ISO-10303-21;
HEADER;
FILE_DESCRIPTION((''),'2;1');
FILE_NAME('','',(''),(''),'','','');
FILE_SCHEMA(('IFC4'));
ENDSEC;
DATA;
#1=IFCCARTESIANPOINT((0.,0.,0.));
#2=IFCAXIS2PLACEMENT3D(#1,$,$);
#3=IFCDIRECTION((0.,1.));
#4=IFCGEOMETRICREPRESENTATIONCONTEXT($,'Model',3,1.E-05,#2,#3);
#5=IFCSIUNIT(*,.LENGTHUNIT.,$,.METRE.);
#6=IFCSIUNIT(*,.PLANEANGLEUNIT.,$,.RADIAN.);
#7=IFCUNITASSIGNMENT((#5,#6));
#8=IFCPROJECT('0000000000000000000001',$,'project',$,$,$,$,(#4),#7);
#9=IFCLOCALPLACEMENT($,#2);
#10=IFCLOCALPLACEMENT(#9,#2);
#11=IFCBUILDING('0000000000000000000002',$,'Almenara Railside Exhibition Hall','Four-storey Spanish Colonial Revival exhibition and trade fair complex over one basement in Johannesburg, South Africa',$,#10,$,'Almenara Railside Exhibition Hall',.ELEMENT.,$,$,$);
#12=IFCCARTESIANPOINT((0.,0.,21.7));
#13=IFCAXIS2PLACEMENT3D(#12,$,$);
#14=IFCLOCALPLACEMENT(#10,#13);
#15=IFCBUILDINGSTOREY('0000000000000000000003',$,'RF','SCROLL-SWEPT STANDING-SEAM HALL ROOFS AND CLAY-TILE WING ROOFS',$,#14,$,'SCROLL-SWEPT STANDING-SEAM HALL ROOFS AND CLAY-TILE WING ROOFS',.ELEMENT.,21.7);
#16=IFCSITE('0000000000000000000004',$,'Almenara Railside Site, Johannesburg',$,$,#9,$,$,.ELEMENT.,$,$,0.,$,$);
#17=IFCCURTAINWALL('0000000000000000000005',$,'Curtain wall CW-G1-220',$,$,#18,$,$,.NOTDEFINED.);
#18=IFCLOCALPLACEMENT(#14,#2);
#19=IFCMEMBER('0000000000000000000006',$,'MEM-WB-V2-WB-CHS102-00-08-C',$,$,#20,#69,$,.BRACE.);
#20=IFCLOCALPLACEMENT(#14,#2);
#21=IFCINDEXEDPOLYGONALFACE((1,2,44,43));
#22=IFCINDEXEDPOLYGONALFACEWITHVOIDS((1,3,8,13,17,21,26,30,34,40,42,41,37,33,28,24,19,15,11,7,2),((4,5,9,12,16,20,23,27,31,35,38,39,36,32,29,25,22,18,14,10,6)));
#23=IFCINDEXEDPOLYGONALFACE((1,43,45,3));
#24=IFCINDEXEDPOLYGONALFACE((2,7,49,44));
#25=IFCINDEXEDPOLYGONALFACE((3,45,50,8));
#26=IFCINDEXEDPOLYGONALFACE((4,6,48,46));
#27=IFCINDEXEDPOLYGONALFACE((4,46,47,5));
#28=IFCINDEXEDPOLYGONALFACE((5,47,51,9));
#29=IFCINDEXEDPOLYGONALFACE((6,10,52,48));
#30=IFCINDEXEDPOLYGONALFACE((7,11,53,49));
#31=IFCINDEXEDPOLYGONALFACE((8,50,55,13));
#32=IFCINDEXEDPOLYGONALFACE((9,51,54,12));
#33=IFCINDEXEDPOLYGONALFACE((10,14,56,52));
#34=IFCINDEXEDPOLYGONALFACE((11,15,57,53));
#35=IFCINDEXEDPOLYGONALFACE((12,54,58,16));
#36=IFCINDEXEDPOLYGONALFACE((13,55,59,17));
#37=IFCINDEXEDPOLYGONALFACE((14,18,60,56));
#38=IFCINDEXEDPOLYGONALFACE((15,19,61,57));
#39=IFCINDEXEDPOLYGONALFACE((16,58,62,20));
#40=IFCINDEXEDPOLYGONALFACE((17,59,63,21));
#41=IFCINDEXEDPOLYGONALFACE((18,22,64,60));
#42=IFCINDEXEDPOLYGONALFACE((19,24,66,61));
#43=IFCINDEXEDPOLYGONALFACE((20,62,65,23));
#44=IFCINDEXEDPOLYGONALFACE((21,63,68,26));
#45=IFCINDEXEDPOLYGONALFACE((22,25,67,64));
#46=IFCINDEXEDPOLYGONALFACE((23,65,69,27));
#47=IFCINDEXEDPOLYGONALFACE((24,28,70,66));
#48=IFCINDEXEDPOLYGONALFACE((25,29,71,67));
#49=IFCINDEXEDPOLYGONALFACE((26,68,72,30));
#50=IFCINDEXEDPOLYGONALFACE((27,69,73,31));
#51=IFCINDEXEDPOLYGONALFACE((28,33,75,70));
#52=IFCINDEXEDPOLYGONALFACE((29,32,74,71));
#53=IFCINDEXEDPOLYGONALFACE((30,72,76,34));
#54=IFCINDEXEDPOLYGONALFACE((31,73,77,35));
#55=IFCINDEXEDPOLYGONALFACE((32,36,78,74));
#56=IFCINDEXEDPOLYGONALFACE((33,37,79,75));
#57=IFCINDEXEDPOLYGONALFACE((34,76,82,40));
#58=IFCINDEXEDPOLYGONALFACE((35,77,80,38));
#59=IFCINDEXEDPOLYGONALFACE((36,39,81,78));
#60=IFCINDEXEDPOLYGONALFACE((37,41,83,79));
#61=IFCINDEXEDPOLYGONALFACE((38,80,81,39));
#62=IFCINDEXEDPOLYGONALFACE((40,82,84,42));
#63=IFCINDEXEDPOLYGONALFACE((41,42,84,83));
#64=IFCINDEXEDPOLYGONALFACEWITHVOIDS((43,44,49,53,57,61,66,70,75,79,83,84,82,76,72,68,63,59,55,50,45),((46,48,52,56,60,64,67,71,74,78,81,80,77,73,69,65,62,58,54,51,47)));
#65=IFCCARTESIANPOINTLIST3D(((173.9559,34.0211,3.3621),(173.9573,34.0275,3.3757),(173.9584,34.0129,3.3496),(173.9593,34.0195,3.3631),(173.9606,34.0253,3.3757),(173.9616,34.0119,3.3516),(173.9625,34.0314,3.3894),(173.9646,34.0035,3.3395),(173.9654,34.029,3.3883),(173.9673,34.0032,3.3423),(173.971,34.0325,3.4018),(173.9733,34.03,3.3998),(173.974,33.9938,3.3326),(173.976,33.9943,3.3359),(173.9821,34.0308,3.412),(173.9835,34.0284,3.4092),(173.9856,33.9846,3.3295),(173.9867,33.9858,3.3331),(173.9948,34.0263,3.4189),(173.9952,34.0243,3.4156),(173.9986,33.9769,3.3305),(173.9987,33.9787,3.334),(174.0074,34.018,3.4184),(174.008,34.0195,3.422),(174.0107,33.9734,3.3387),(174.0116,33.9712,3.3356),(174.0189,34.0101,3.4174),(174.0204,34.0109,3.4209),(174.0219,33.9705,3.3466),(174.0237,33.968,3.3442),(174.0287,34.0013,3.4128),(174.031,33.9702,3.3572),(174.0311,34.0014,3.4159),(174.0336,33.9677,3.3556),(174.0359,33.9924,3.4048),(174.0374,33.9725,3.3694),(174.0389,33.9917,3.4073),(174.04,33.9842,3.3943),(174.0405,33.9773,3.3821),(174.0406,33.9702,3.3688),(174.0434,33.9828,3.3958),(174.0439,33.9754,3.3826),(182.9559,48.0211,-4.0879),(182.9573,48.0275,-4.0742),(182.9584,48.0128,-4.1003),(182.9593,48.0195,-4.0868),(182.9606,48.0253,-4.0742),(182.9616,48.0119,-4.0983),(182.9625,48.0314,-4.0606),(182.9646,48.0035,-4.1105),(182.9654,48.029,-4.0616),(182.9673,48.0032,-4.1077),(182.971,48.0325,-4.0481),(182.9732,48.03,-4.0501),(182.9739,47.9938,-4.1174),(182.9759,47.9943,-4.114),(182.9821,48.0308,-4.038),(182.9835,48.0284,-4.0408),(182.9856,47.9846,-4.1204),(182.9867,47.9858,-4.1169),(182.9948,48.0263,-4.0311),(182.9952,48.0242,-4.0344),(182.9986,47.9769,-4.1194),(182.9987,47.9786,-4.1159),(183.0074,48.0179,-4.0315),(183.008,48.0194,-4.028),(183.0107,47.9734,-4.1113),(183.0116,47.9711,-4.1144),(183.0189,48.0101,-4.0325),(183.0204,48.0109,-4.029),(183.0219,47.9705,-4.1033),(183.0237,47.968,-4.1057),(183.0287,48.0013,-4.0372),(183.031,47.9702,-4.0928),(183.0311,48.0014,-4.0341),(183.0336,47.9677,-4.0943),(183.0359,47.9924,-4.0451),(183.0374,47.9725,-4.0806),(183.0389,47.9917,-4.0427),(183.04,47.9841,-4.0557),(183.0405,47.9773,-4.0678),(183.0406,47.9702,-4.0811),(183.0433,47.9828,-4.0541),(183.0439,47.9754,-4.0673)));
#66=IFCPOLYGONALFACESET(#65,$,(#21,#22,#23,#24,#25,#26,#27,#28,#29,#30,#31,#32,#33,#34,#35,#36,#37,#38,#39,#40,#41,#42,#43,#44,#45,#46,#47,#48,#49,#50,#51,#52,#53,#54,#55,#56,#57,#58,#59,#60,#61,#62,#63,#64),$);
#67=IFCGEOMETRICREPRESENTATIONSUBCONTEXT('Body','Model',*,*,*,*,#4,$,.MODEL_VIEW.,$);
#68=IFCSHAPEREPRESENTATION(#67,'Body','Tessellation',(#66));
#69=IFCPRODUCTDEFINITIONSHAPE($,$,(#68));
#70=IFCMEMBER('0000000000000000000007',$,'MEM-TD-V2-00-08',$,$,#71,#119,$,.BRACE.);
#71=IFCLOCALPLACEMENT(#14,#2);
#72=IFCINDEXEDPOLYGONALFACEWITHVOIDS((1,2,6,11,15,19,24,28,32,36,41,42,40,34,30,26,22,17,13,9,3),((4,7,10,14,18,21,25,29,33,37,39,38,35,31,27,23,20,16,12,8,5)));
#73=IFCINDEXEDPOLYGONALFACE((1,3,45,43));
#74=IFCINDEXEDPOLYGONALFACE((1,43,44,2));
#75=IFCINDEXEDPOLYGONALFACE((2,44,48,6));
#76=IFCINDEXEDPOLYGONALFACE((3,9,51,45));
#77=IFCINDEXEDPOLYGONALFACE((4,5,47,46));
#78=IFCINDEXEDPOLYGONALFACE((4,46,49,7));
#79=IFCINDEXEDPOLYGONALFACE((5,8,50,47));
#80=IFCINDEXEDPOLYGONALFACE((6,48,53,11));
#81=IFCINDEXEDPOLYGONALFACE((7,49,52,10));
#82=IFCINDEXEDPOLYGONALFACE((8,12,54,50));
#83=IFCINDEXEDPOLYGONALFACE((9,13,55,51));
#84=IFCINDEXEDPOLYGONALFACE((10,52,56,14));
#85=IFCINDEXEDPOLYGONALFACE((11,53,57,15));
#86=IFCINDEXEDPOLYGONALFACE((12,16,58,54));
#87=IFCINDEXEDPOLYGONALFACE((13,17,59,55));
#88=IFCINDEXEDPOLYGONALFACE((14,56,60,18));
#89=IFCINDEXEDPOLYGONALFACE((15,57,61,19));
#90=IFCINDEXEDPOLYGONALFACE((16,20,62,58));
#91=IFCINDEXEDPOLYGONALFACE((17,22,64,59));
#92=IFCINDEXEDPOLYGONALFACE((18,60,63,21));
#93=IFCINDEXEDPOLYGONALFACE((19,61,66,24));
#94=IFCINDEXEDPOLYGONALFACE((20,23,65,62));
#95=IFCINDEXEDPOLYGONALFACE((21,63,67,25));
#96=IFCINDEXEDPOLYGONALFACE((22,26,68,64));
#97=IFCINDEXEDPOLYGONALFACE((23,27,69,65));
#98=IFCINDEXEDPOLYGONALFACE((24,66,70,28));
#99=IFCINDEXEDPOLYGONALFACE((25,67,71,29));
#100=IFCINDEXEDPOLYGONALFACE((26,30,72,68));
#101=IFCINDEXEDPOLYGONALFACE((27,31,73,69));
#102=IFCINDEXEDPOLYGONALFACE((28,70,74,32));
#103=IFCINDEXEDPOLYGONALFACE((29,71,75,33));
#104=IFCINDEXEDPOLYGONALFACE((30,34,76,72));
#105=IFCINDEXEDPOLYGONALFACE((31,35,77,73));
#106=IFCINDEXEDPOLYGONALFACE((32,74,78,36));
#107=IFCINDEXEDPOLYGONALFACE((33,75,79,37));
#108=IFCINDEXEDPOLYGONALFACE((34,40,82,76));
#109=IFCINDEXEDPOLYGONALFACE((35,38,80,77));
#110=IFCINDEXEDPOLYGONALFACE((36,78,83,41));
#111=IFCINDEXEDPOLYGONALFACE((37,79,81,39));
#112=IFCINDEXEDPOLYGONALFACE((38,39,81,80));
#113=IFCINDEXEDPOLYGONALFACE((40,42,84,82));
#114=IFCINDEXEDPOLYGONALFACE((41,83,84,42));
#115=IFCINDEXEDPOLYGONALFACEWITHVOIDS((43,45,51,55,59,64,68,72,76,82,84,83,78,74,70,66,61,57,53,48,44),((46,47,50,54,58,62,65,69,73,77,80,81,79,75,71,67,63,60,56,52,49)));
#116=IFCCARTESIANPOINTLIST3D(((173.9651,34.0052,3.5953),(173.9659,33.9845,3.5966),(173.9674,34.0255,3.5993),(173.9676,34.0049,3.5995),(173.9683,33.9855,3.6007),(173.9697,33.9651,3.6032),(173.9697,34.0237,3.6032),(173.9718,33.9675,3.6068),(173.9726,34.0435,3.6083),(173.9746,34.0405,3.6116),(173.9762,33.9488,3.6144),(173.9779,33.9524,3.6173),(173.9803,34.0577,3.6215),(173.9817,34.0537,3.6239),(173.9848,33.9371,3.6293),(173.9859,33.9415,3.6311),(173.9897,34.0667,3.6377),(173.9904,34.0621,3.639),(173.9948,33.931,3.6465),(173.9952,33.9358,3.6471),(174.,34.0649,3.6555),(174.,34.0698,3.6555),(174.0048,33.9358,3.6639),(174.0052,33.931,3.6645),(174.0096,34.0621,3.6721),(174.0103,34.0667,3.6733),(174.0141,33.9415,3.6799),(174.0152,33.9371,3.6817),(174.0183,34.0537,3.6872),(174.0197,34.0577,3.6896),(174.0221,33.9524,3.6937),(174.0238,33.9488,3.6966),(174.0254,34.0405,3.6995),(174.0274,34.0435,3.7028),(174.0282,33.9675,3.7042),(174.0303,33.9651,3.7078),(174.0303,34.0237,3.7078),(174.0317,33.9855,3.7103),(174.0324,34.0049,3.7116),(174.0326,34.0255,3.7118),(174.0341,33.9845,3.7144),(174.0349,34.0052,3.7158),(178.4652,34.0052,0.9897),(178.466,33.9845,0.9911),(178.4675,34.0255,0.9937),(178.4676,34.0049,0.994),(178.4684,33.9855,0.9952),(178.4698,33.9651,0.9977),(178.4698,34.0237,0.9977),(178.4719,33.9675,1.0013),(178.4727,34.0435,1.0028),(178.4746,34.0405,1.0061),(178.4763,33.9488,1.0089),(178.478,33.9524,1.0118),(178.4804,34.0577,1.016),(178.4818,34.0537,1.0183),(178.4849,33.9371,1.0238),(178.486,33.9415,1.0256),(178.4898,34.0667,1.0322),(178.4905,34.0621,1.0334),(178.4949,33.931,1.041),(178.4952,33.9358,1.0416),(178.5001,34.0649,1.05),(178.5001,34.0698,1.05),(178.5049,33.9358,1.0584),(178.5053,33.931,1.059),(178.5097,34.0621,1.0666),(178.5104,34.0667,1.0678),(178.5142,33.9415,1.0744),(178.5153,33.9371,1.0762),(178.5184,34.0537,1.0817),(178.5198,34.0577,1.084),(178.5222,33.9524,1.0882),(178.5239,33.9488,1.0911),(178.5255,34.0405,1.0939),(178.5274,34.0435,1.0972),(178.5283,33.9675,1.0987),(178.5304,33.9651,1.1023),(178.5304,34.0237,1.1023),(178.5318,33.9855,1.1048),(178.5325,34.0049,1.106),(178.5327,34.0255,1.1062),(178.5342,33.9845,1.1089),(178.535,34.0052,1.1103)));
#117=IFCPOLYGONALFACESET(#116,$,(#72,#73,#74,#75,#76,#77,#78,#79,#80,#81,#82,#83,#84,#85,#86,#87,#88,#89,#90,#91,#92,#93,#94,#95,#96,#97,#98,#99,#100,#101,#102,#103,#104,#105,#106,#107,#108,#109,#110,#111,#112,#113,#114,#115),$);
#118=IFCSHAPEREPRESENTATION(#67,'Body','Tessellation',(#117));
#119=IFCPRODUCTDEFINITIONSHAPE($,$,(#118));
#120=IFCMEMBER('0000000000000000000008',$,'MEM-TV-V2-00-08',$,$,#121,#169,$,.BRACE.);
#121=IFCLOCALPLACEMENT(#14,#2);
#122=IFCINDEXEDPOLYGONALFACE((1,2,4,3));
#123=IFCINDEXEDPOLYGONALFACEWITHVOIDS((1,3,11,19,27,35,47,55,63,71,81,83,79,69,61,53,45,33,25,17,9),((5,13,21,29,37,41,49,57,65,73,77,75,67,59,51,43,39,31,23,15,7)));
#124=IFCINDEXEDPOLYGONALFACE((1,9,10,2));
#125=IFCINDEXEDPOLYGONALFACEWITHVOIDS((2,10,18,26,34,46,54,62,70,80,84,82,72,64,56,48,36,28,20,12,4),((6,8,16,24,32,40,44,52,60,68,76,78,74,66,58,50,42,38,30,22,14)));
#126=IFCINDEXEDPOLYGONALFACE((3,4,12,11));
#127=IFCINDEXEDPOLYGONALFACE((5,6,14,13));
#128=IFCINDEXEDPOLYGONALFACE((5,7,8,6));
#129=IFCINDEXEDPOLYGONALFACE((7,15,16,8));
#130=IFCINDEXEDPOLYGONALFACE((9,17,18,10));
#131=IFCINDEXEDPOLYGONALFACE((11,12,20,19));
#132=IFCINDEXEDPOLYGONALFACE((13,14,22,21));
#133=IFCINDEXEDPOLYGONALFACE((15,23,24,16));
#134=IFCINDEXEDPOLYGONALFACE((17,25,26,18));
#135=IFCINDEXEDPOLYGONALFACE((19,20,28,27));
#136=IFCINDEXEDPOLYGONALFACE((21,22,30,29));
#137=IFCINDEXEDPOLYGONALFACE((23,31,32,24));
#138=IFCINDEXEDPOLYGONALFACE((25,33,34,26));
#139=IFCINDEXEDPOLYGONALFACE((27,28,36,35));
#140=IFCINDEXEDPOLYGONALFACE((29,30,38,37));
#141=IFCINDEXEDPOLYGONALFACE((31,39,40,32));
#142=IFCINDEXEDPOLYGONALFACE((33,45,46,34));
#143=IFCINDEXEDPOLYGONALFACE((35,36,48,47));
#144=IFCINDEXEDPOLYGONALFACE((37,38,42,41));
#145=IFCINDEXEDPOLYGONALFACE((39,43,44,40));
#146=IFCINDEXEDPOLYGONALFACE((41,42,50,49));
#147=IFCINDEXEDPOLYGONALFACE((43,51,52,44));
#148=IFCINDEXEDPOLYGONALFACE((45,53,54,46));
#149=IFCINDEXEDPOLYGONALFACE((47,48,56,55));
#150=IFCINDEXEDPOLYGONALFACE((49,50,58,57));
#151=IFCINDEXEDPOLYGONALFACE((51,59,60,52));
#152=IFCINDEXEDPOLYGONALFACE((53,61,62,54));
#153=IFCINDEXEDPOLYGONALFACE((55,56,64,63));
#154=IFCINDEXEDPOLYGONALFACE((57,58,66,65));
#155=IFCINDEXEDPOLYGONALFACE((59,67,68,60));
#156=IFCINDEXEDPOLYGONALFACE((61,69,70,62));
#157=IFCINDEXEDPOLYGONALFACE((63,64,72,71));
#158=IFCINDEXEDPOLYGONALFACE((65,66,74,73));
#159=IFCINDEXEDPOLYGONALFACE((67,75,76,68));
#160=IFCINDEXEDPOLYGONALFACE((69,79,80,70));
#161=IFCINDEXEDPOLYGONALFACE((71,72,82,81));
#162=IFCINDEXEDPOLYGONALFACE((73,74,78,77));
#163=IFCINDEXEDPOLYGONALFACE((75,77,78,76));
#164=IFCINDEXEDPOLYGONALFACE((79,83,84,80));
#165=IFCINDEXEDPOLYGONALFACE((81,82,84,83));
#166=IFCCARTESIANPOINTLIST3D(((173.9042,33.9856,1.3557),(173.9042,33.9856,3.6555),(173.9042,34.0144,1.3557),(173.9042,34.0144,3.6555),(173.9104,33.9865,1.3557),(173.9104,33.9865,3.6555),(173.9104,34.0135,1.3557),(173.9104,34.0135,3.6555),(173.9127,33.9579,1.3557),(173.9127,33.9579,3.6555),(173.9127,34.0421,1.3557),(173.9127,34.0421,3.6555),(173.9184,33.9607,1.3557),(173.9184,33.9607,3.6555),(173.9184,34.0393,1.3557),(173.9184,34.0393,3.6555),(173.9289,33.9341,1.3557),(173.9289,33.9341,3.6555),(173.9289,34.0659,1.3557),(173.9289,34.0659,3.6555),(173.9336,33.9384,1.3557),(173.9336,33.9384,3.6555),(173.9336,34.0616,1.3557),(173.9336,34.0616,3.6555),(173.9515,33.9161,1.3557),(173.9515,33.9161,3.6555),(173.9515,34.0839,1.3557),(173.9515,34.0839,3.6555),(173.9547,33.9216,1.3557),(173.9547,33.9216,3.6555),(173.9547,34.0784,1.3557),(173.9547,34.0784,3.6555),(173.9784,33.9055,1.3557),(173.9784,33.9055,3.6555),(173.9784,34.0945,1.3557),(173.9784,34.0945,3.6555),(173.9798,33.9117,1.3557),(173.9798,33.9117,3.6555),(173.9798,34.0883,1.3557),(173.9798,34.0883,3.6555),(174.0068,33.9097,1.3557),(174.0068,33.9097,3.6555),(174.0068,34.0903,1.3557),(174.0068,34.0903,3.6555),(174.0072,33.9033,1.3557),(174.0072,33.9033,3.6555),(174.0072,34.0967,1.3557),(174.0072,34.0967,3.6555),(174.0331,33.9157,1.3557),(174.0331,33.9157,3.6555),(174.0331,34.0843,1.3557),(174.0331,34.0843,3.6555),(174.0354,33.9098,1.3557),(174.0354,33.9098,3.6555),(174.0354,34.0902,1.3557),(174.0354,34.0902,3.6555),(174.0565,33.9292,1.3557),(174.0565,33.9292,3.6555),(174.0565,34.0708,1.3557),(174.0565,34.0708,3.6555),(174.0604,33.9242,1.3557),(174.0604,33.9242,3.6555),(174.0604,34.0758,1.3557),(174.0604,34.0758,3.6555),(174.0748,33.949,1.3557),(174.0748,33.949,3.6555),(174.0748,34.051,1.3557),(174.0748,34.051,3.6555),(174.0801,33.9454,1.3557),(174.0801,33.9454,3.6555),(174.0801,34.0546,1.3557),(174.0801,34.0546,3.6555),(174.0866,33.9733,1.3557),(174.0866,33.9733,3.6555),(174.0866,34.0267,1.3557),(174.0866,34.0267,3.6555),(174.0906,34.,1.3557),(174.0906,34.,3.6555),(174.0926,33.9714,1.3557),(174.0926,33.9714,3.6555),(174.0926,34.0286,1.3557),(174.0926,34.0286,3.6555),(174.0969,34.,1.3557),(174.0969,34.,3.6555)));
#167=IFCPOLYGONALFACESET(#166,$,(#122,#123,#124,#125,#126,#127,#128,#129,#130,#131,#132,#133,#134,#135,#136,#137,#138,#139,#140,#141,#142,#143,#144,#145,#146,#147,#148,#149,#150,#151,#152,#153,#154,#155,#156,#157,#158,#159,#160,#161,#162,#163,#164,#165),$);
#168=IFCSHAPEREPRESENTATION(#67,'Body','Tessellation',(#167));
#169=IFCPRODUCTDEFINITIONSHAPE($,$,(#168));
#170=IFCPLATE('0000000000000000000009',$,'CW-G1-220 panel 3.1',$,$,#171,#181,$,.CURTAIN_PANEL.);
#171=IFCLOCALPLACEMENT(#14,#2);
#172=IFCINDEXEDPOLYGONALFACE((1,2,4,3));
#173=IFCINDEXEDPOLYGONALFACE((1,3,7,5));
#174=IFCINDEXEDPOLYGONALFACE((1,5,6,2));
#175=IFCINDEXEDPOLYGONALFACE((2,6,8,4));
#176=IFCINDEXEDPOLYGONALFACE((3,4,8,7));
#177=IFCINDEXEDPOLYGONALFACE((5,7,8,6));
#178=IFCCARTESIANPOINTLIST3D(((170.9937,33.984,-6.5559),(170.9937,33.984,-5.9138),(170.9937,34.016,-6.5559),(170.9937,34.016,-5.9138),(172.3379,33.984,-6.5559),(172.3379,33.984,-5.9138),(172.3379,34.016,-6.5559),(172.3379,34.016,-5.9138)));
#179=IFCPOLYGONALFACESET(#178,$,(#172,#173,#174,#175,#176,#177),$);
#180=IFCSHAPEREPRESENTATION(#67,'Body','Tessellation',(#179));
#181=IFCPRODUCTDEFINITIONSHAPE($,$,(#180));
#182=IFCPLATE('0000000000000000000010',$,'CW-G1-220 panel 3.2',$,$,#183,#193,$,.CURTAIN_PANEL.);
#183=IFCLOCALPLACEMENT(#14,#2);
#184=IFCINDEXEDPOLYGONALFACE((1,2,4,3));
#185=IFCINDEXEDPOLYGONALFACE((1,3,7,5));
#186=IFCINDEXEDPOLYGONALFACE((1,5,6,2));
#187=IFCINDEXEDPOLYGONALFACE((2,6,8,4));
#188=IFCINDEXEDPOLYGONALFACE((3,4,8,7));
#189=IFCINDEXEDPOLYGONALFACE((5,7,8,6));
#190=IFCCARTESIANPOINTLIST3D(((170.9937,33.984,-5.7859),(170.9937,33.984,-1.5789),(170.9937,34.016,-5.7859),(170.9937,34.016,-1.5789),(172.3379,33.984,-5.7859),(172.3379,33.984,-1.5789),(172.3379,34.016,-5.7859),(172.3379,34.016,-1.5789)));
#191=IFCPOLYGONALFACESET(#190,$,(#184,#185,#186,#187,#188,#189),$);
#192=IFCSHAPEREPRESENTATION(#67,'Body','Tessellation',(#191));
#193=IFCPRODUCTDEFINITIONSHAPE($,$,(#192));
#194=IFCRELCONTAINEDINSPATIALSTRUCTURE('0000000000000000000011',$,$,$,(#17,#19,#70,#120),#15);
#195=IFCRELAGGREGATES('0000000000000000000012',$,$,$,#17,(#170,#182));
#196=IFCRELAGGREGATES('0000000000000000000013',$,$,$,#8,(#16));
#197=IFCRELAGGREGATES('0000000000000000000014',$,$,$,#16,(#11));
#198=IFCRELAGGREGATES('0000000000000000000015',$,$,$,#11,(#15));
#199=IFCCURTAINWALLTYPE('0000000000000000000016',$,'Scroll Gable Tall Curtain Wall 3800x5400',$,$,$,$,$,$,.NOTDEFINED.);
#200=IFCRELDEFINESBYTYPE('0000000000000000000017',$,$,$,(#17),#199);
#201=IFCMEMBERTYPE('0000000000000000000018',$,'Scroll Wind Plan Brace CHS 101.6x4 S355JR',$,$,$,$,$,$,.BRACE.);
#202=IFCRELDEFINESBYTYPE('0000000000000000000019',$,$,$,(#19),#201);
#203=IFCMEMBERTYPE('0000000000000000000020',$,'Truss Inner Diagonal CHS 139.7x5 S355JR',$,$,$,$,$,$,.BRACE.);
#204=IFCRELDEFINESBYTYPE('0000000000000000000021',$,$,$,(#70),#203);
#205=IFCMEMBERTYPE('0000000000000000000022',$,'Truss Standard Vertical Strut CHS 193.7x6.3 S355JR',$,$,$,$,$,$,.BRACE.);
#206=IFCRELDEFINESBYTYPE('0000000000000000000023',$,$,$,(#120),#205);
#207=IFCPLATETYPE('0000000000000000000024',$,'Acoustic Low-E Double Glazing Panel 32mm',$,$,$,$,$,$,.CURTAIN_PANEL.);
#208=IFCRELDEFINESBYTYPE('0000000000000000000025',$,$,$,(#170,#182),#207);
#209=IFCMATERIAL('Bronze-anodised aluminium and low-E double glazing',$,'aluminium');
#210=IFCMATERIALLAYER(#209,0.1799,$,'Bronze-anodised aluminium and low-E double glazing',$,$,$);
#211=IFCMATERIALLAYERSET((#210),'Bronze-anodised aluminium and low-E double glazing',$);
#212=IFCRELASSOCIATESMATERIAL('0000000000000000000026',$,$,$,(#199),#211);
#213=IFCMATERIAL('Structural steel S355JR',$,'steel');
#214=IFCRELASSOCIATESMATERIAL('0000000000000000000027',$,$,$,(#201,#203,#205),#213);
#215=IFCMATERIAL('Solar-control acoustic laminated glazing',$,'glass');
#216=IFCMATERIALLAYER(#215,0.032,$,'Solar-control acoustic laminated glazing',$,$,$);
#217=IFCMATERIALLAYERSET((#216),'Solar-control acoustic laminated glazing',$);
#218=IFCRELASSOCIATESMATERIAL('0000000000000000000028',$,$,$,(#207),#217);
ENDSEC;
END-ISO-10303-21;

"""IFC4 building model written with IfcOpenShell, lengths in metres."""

from ifc_helpers import new_model, si_unit, direction, frame, origin, origin_2d, place, context, subcontext, project, spatial, rectangle, hollow_circle, extrude, material, layer, layer_set, material_profile, profile_set, type_object, element, aggregate, save


model = new_model("IFC4")

# Units and contexts
model_context = context("Model", 3, precision=1e-05, world=origin(), true_north=direction((0.0, 1.0)))
body_context = subcontext(model_context, "Body", "Model", "MODEL_VIEW")
ifc_project = project(units=[si_unit("LENGTHUNIT", "METRE"), si_unit("PLANEANGLEUNIT", "RADIAN")], contexts=[model_context])

# Site, building, storey
site_placement = place(None, origin())
site = spatial("IfcSite", under=ifc_project, at=site_placement, Name="Almenara Railside Site, Johannesburg", CompositionType="ELEMENT", RefElevation=0.0)
building_placement = place(site_placement, origin())
building = spatial("IfcBuilding", under=site, at=building_placement, Name="Almenara Railside Exhibition Hall", Description="Four-storey Spanish Colonial Revival exhibition and trade fair complex over one basement in Johannesburg, South Africa", LongName="Almenara Railside Exhibition Hall", CompositionType="ELEMENT")
storey_placement = place(building_placement, frame((0.0, 0.0, 21.7)))
storey = spatial("IfcBuildingStorey", under=building, at=storey_placement, Name="RF", Description="SCROLL-SWEPT STANDING-SEAM HALL ROOFS AND CLAY-TILE WING ROOFS", LongName="SCROLL-SWEPT STANDING-SEAM HALL ROOFS AND CLAY-TILE WING ROOFS", CompositionType="ELEMENT", Elevation=21.7)

# Shared definitions
ifc_material_1 = material(Name="Structural steel S355JR", Category="steel")

# Shared definitions
ifc_material_2 = material(Name="Bronze-anodised aluminium and low-E double glazing", Category="aluminium")
ifc_layer_1 = layer(ifc_material_2, 0.1799, Name="Bronze-anodised aluminium and low-E double glazing")
ifc_layer_set_1 = layer_set([ifc_layer_1], Name="Bronze-anodised aluminium and low-E double glazing")
curtain_wall_type = type_object("IfcCurtainWallType", Name="Scroll Gable Tall Curtain Wall 3800x5400", PredefinedType="NOTDEFINED", material=ifc_layer_set_1)

# Curtain wall
curtain_wall_1_placement = place(storey_placement, origin())
curtain_wall_1 = element("IfcCurtainWall", 1, at=curtain_wall_1_placement, inside=storey, type_object=curtain_wall_type, Name="Curtain wall CW-G1-220", PredefinedType="NOTDEFINED")

# Members
ifc_material_profile_1 = material_profile(ifc_material_1, hollow_circle(Radius=0.0508, WallThickness=0.0039, at=origin_2d()), Name="CHS 101.6x4")
ifc_profile_set_1 = profile_set([ifc_material_profile_1], Name="Structural steel S355JR")
member_type_1 = type_object("IfcMemberType", Name="Scroll Wind Plan Brace CHS 101.6x4 S355JR", PredefinedType="BRACE", material=ifc_profile_set_1)
member_1_placement = place(storey_placement, frame((174.0, 34.0, 3.3757), z_axis=(0.493566, 0.76777, -0.408561), x_axis=(-0.841178, 0.540758, 0.0)))
element("IfcMember", 2, at=member_1_placement, inside=storey, type_object=member_type_1, Name="MEM-WB-V2-WB-CHS102-00-08-C", PredefinedType="BRACE", context=body_context, shape_type="SweptSolid", body=[
    extrude(hollow_circle(Radius=0.0508, WallThickness=0.0039, at=origin_2d()), origin(), (0.0, 0.0, 1.0), 18.2346),
])
ifc_material_profile_2 = material_profile(ifc_material_1, hollow_circle(Radius=0.0698, WallThickness=0.0049, at=origin_2d()), Name="CHS 139.7x5")
ifc_profile_set_2 = profile_set([ifc_material_profile_2], Name="Structural steel S355JR")
member_type_2 = type_object("IfcMemberType", Name="Truss Inner Diagonal CHS 139.7x5 S355JR", PredefinedType="BRACE", material=ifc_profile_set_2)
member_2_placement = place(storey_placement, frame((174.0, 34.0, 3.6555), z_axis=(0.865409, 0.0, -0.501066), x_axis=(0.0, 1.0, 0.0)))
element("IfcMember", 3, at=member_2_placement, inside=storey, type_object=member_type_2, Name="MEM-TD-V2-00-08", PredefinedType="BRACE", context=body_context, shape_type="SweptSolid", body=[
    extrude(hollow_circle(Radius=0.0698, WallThickness=0.0049, at=origin_2d()), origin(), (0.0, 0.0, 1.0), 5.2),
])
ifc_material_profile_3 = material_profile(ifc_material_1, hollow_circle(Radius=0.0969, WallThickness=0.0063, at=origin_2d()), Name="CHS 193.7x6.3")
ifc_profile_set_3 = profile_set([ifc_material_profile_3], Name="Structural steel S355JR")
member_type_3 = type_object("IfcMemberType", Name="Truss Standard Vertical Strut CHS 193.7x6.3 S355JR", PredefinedType="BRACE", material=ifc_profile_set_3)
member_3_placement = place(storey_placement, frame((174.0, 34.0, 1.3557), z_axis=(0.0, 0.0, 1.0), x_axis=(1.0, 0.0, 0.0)))
element("IfcMember", 4, at=member_3_placement, inside=storey, type_object=member_type_3, Name="MEM-TV-V2-00-08", PredefinedType="BRACE", context=body_context, shape_type="SweptSolid", body=[
    extrude(hollow_circle(Radius=0.0969, WallThickness=0.0063, at=origin_2d()), origin(), (0.0, 0.0, 1.0), 2.2998),
])

# Plates
ifc_material_3 = material(Name="Solar-control acoustic laminated glazing", Category="glass")
ifc_layer_2 = layer(ifc_material_3, 0.032, Name="Solar-control acoustic laminated glazing")
ifc_layer_set_2 = layer_set([ifc_layer_2], Name="Solar-control acoustic laminated glazing")
plate_type_1 = type_object("IfcPlateType", Name="Acoustic Low-E Double Glazing Panel 32mm", PredefinedType="CURTAIN_PANEL", material=ifc_layer_set_2)
plate_1_placement = place(storey_placement, frame((171.6658, 34.0, -6.5559), z_axis=(0.0, 0.0, 1.0), x_axis=(1.0, 0.0, 0.0)))
plate_1 = element("IfcPlate", 5, at=plate_1_placement, type_object=plate_type_1, Name="CW-G1-220 panel 3.1", PredefinedType="CURTAIN_PANEL", context=body_context, shape_type="SweptSolid", body=[
    extrude(rectangle(XDim=1.3442, YDim=0.032, at=origin_2d()), origin(), (0.0, 0.0, 1.0), 0.6421),
])
plate_2_placement = place(storey_placement, frame((171.6658, 34.0, -5.7859), z_axis=(0.0, 0.0, 1.0), x_axis=(1.0, 0.0, 0.0)))
plate_2 = element("IfcPlate", 6, at=plate_2_placement, type_object=plate_type_1, Name="CW-G1-220 panel 3.2", PredefinedType="CURTAIN_PANEL", context=body_context, shape_type="SweptSolid", body=[
    extrude(rectangle(XDim=1.3442, YDim=0.032, at=origin_2d()), origin(), (0.0, 0.0, 1.0), 4.207),
])
aggregate(curtain_wall_1, [plate_1, plate_2])

save(model, "model.ifc")
